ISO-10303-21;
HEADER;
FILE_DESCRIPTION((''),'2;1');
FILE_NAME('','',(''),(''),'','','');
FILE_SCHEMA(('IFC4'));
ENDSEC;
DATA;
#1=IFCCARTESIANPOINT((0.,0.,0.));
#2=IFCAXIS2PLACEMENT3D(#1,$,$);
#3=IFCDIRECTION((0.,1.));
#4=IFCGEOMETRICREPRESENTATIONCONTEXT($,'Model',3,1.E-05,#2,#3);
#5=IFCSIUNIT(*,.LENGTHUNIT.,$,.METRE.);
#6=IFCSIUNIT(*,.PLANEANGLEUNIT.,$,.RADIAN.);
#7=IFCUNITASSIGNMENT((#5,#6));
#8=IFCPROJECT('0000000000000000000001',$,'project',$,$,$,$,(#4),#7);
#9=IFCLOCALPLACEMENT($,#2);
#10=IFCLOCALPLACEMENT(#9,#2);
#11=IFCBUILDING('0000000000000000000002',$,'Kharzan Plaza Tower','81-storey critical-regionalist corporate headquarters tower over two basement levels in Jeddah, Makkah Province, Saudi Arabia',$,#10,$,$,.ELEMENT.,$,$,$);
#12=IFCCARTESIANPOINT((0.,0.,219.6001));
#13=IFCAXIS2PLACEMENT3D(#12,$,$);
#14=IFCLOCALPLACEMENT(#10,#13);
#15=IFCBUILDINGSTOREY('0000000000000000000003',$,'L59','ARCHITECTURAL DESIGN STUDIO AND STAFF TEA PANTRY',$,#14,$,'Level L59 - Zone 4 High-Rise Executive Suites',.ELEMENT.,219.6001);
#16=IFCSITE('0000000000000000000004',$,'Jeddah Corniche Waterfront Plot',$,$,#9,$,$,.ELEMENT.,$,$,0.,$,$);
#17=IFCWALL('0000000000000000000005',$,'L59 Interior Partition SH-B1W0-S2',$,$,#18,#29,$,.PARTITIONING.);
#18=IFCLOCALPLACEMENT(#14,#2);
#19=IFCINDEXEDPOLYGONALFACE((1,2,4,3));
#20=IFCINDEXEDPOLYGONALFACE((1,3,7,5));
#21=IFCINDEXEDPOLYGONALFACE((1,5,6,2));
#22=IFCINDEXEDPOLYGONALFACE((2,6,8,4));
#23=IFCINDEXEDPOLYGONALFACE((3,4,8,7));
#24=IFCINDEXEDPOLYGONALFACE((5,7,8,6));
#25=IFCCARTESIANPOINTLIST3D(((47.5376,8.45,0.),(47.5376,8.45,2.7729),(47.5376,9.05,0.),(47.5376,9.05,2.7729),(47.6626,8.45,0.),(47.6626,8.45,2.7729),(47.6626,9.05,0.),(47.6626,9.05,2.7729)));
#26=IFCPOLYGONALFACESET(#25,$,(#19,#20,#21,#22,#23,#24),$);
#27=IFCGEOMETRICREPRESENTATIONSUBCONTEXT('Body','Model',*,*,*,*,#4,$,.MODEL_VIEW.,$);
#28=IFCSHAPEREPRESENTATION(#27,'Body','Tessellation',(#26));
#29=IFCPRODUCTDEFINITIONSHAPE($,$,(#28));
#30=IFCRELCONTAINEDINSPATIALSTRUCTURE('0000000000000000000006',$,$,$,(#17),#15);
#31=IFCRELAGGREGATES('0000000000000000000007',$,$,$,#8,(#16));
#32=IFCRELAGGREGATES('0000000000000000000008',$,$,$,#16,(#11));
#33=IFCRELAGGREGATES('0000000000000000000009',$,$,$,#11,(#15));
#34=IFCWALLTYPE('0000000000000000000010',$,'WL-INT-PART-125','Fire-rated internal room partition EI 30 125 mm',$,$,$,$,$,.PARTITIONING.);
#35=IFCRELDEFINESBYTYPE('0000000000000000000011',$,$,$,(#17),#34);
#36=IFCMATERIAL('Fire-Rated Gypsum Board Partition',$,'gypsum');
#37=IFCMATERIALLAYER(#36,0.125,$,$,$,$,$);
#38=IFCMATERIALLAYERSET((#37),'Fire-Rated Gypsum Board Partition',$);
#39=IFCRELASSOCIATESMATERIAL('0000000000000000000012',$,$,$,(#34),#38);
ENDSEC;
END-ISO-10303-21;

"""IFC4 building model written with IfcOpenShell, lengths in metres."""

from ifc_helpers import new_model, si_unit, direction, frame, frame_2d, origin, place, context, subcontext, project, spatial, rectangle, extrude, source, transform, mapped, material, layer, layer_set, type_object, element, save


model = new_model("IFC4")

# Units and contexts
model_context = context("Model", 3, precision=1e-05, world=origin(), true_north=direction((0.0, 1.0)))
body_context = subcontext(model_context, "Body", "Model", "MODEL_VIEW")
ifc_project = project(units=[si_unit("LENGTHUNIT", "METRE"), si_unit("PLANEANGLEUNIT", "RADIAN")], contexts=[model_context])

# Site, building, storey
site_placement = place(None, origin())
site = spatial("IfcSite", under=ifc_project, at=site_placement, Name="Jeddah Corniche Waterfront Plot", CompositionType="ELEMENT", RefElevation=0.0)
building_placement = place(site_placement, origin())
building = spatial("IfcBuilding", under=site, at=building_placement, Name="Kharzan Plaza Tower", Description="81-storey critical-regionalist corporate headquarters tower over two basement levels in Jeddah, Makkah Province, Saudi Arabia", CompositionType="ELEMENT")
storey_placement = place(building_placement, frame((0.0, 0.0, 219.6001)))
storey = spatial("IfcBuildingStorey", under=building, at=storey_placement, Name="L59", Description="ARCHITECTURAL DESIGN STUDIO AND STAFF TEA PANTRY", LongName="Level L59 - Zone 4 High-Rise Executive Suites", CompositionType="ELEMENT", Elevation=219.6001)

# Shared definitions
ifc_material_1 = material(Name="Fire-Rated Gypsum Board Partition", Category="gypsum")
ifc_layer_1 = layer(ifc_material_1, 0.125)
ifc_layer_set_1 = layer_set([ifc_layer_1], Name="Fire-Rated Gypsum Board Partition")
wall_type_1 = type_object("IfcWallType", Name="WL-INT-PART-125", Description="Fire-rated internal room partition EI 30 125 mm", PredefinedType="PARTITIONING", material=ifc_layer_set_1)

# Wall
shared_shape_1 = source(origin(), body_context, "Body", "SweptSolid", [
    extrude(rectangle(XDim=0.6001, YDim=0.125, at=frame_2d((0.3, 0.0))), origin(), (0.0, 0.0, 1.0), 2.7729),
])
wall_1_placement = place(storey_placement, frame((47.6001, 8.45, 0.0), z_axis=(0.0, 0.0, 1.0), x_axis=(0.0, 1.0, 0.0)))
element("IfcWall", 1, at=wall_1_placement, inside=storey, type_object=wall_type_1, Name="L59 Interior Partition SH-B1W0-S2", PredefinedType="PARTITIONING", context=body_context, shape_type="MappedRepresentation", body=[
    mapped(shared_shape_1, transform((0.0, 0.0, 0.0), x_axis=(1.0, 0.0, 0.0), y_axis=(0.0, 1.0, 0.0), z_axis=(0.0, 0.0, 1.0))),
])

save(model, "model.ifc")
